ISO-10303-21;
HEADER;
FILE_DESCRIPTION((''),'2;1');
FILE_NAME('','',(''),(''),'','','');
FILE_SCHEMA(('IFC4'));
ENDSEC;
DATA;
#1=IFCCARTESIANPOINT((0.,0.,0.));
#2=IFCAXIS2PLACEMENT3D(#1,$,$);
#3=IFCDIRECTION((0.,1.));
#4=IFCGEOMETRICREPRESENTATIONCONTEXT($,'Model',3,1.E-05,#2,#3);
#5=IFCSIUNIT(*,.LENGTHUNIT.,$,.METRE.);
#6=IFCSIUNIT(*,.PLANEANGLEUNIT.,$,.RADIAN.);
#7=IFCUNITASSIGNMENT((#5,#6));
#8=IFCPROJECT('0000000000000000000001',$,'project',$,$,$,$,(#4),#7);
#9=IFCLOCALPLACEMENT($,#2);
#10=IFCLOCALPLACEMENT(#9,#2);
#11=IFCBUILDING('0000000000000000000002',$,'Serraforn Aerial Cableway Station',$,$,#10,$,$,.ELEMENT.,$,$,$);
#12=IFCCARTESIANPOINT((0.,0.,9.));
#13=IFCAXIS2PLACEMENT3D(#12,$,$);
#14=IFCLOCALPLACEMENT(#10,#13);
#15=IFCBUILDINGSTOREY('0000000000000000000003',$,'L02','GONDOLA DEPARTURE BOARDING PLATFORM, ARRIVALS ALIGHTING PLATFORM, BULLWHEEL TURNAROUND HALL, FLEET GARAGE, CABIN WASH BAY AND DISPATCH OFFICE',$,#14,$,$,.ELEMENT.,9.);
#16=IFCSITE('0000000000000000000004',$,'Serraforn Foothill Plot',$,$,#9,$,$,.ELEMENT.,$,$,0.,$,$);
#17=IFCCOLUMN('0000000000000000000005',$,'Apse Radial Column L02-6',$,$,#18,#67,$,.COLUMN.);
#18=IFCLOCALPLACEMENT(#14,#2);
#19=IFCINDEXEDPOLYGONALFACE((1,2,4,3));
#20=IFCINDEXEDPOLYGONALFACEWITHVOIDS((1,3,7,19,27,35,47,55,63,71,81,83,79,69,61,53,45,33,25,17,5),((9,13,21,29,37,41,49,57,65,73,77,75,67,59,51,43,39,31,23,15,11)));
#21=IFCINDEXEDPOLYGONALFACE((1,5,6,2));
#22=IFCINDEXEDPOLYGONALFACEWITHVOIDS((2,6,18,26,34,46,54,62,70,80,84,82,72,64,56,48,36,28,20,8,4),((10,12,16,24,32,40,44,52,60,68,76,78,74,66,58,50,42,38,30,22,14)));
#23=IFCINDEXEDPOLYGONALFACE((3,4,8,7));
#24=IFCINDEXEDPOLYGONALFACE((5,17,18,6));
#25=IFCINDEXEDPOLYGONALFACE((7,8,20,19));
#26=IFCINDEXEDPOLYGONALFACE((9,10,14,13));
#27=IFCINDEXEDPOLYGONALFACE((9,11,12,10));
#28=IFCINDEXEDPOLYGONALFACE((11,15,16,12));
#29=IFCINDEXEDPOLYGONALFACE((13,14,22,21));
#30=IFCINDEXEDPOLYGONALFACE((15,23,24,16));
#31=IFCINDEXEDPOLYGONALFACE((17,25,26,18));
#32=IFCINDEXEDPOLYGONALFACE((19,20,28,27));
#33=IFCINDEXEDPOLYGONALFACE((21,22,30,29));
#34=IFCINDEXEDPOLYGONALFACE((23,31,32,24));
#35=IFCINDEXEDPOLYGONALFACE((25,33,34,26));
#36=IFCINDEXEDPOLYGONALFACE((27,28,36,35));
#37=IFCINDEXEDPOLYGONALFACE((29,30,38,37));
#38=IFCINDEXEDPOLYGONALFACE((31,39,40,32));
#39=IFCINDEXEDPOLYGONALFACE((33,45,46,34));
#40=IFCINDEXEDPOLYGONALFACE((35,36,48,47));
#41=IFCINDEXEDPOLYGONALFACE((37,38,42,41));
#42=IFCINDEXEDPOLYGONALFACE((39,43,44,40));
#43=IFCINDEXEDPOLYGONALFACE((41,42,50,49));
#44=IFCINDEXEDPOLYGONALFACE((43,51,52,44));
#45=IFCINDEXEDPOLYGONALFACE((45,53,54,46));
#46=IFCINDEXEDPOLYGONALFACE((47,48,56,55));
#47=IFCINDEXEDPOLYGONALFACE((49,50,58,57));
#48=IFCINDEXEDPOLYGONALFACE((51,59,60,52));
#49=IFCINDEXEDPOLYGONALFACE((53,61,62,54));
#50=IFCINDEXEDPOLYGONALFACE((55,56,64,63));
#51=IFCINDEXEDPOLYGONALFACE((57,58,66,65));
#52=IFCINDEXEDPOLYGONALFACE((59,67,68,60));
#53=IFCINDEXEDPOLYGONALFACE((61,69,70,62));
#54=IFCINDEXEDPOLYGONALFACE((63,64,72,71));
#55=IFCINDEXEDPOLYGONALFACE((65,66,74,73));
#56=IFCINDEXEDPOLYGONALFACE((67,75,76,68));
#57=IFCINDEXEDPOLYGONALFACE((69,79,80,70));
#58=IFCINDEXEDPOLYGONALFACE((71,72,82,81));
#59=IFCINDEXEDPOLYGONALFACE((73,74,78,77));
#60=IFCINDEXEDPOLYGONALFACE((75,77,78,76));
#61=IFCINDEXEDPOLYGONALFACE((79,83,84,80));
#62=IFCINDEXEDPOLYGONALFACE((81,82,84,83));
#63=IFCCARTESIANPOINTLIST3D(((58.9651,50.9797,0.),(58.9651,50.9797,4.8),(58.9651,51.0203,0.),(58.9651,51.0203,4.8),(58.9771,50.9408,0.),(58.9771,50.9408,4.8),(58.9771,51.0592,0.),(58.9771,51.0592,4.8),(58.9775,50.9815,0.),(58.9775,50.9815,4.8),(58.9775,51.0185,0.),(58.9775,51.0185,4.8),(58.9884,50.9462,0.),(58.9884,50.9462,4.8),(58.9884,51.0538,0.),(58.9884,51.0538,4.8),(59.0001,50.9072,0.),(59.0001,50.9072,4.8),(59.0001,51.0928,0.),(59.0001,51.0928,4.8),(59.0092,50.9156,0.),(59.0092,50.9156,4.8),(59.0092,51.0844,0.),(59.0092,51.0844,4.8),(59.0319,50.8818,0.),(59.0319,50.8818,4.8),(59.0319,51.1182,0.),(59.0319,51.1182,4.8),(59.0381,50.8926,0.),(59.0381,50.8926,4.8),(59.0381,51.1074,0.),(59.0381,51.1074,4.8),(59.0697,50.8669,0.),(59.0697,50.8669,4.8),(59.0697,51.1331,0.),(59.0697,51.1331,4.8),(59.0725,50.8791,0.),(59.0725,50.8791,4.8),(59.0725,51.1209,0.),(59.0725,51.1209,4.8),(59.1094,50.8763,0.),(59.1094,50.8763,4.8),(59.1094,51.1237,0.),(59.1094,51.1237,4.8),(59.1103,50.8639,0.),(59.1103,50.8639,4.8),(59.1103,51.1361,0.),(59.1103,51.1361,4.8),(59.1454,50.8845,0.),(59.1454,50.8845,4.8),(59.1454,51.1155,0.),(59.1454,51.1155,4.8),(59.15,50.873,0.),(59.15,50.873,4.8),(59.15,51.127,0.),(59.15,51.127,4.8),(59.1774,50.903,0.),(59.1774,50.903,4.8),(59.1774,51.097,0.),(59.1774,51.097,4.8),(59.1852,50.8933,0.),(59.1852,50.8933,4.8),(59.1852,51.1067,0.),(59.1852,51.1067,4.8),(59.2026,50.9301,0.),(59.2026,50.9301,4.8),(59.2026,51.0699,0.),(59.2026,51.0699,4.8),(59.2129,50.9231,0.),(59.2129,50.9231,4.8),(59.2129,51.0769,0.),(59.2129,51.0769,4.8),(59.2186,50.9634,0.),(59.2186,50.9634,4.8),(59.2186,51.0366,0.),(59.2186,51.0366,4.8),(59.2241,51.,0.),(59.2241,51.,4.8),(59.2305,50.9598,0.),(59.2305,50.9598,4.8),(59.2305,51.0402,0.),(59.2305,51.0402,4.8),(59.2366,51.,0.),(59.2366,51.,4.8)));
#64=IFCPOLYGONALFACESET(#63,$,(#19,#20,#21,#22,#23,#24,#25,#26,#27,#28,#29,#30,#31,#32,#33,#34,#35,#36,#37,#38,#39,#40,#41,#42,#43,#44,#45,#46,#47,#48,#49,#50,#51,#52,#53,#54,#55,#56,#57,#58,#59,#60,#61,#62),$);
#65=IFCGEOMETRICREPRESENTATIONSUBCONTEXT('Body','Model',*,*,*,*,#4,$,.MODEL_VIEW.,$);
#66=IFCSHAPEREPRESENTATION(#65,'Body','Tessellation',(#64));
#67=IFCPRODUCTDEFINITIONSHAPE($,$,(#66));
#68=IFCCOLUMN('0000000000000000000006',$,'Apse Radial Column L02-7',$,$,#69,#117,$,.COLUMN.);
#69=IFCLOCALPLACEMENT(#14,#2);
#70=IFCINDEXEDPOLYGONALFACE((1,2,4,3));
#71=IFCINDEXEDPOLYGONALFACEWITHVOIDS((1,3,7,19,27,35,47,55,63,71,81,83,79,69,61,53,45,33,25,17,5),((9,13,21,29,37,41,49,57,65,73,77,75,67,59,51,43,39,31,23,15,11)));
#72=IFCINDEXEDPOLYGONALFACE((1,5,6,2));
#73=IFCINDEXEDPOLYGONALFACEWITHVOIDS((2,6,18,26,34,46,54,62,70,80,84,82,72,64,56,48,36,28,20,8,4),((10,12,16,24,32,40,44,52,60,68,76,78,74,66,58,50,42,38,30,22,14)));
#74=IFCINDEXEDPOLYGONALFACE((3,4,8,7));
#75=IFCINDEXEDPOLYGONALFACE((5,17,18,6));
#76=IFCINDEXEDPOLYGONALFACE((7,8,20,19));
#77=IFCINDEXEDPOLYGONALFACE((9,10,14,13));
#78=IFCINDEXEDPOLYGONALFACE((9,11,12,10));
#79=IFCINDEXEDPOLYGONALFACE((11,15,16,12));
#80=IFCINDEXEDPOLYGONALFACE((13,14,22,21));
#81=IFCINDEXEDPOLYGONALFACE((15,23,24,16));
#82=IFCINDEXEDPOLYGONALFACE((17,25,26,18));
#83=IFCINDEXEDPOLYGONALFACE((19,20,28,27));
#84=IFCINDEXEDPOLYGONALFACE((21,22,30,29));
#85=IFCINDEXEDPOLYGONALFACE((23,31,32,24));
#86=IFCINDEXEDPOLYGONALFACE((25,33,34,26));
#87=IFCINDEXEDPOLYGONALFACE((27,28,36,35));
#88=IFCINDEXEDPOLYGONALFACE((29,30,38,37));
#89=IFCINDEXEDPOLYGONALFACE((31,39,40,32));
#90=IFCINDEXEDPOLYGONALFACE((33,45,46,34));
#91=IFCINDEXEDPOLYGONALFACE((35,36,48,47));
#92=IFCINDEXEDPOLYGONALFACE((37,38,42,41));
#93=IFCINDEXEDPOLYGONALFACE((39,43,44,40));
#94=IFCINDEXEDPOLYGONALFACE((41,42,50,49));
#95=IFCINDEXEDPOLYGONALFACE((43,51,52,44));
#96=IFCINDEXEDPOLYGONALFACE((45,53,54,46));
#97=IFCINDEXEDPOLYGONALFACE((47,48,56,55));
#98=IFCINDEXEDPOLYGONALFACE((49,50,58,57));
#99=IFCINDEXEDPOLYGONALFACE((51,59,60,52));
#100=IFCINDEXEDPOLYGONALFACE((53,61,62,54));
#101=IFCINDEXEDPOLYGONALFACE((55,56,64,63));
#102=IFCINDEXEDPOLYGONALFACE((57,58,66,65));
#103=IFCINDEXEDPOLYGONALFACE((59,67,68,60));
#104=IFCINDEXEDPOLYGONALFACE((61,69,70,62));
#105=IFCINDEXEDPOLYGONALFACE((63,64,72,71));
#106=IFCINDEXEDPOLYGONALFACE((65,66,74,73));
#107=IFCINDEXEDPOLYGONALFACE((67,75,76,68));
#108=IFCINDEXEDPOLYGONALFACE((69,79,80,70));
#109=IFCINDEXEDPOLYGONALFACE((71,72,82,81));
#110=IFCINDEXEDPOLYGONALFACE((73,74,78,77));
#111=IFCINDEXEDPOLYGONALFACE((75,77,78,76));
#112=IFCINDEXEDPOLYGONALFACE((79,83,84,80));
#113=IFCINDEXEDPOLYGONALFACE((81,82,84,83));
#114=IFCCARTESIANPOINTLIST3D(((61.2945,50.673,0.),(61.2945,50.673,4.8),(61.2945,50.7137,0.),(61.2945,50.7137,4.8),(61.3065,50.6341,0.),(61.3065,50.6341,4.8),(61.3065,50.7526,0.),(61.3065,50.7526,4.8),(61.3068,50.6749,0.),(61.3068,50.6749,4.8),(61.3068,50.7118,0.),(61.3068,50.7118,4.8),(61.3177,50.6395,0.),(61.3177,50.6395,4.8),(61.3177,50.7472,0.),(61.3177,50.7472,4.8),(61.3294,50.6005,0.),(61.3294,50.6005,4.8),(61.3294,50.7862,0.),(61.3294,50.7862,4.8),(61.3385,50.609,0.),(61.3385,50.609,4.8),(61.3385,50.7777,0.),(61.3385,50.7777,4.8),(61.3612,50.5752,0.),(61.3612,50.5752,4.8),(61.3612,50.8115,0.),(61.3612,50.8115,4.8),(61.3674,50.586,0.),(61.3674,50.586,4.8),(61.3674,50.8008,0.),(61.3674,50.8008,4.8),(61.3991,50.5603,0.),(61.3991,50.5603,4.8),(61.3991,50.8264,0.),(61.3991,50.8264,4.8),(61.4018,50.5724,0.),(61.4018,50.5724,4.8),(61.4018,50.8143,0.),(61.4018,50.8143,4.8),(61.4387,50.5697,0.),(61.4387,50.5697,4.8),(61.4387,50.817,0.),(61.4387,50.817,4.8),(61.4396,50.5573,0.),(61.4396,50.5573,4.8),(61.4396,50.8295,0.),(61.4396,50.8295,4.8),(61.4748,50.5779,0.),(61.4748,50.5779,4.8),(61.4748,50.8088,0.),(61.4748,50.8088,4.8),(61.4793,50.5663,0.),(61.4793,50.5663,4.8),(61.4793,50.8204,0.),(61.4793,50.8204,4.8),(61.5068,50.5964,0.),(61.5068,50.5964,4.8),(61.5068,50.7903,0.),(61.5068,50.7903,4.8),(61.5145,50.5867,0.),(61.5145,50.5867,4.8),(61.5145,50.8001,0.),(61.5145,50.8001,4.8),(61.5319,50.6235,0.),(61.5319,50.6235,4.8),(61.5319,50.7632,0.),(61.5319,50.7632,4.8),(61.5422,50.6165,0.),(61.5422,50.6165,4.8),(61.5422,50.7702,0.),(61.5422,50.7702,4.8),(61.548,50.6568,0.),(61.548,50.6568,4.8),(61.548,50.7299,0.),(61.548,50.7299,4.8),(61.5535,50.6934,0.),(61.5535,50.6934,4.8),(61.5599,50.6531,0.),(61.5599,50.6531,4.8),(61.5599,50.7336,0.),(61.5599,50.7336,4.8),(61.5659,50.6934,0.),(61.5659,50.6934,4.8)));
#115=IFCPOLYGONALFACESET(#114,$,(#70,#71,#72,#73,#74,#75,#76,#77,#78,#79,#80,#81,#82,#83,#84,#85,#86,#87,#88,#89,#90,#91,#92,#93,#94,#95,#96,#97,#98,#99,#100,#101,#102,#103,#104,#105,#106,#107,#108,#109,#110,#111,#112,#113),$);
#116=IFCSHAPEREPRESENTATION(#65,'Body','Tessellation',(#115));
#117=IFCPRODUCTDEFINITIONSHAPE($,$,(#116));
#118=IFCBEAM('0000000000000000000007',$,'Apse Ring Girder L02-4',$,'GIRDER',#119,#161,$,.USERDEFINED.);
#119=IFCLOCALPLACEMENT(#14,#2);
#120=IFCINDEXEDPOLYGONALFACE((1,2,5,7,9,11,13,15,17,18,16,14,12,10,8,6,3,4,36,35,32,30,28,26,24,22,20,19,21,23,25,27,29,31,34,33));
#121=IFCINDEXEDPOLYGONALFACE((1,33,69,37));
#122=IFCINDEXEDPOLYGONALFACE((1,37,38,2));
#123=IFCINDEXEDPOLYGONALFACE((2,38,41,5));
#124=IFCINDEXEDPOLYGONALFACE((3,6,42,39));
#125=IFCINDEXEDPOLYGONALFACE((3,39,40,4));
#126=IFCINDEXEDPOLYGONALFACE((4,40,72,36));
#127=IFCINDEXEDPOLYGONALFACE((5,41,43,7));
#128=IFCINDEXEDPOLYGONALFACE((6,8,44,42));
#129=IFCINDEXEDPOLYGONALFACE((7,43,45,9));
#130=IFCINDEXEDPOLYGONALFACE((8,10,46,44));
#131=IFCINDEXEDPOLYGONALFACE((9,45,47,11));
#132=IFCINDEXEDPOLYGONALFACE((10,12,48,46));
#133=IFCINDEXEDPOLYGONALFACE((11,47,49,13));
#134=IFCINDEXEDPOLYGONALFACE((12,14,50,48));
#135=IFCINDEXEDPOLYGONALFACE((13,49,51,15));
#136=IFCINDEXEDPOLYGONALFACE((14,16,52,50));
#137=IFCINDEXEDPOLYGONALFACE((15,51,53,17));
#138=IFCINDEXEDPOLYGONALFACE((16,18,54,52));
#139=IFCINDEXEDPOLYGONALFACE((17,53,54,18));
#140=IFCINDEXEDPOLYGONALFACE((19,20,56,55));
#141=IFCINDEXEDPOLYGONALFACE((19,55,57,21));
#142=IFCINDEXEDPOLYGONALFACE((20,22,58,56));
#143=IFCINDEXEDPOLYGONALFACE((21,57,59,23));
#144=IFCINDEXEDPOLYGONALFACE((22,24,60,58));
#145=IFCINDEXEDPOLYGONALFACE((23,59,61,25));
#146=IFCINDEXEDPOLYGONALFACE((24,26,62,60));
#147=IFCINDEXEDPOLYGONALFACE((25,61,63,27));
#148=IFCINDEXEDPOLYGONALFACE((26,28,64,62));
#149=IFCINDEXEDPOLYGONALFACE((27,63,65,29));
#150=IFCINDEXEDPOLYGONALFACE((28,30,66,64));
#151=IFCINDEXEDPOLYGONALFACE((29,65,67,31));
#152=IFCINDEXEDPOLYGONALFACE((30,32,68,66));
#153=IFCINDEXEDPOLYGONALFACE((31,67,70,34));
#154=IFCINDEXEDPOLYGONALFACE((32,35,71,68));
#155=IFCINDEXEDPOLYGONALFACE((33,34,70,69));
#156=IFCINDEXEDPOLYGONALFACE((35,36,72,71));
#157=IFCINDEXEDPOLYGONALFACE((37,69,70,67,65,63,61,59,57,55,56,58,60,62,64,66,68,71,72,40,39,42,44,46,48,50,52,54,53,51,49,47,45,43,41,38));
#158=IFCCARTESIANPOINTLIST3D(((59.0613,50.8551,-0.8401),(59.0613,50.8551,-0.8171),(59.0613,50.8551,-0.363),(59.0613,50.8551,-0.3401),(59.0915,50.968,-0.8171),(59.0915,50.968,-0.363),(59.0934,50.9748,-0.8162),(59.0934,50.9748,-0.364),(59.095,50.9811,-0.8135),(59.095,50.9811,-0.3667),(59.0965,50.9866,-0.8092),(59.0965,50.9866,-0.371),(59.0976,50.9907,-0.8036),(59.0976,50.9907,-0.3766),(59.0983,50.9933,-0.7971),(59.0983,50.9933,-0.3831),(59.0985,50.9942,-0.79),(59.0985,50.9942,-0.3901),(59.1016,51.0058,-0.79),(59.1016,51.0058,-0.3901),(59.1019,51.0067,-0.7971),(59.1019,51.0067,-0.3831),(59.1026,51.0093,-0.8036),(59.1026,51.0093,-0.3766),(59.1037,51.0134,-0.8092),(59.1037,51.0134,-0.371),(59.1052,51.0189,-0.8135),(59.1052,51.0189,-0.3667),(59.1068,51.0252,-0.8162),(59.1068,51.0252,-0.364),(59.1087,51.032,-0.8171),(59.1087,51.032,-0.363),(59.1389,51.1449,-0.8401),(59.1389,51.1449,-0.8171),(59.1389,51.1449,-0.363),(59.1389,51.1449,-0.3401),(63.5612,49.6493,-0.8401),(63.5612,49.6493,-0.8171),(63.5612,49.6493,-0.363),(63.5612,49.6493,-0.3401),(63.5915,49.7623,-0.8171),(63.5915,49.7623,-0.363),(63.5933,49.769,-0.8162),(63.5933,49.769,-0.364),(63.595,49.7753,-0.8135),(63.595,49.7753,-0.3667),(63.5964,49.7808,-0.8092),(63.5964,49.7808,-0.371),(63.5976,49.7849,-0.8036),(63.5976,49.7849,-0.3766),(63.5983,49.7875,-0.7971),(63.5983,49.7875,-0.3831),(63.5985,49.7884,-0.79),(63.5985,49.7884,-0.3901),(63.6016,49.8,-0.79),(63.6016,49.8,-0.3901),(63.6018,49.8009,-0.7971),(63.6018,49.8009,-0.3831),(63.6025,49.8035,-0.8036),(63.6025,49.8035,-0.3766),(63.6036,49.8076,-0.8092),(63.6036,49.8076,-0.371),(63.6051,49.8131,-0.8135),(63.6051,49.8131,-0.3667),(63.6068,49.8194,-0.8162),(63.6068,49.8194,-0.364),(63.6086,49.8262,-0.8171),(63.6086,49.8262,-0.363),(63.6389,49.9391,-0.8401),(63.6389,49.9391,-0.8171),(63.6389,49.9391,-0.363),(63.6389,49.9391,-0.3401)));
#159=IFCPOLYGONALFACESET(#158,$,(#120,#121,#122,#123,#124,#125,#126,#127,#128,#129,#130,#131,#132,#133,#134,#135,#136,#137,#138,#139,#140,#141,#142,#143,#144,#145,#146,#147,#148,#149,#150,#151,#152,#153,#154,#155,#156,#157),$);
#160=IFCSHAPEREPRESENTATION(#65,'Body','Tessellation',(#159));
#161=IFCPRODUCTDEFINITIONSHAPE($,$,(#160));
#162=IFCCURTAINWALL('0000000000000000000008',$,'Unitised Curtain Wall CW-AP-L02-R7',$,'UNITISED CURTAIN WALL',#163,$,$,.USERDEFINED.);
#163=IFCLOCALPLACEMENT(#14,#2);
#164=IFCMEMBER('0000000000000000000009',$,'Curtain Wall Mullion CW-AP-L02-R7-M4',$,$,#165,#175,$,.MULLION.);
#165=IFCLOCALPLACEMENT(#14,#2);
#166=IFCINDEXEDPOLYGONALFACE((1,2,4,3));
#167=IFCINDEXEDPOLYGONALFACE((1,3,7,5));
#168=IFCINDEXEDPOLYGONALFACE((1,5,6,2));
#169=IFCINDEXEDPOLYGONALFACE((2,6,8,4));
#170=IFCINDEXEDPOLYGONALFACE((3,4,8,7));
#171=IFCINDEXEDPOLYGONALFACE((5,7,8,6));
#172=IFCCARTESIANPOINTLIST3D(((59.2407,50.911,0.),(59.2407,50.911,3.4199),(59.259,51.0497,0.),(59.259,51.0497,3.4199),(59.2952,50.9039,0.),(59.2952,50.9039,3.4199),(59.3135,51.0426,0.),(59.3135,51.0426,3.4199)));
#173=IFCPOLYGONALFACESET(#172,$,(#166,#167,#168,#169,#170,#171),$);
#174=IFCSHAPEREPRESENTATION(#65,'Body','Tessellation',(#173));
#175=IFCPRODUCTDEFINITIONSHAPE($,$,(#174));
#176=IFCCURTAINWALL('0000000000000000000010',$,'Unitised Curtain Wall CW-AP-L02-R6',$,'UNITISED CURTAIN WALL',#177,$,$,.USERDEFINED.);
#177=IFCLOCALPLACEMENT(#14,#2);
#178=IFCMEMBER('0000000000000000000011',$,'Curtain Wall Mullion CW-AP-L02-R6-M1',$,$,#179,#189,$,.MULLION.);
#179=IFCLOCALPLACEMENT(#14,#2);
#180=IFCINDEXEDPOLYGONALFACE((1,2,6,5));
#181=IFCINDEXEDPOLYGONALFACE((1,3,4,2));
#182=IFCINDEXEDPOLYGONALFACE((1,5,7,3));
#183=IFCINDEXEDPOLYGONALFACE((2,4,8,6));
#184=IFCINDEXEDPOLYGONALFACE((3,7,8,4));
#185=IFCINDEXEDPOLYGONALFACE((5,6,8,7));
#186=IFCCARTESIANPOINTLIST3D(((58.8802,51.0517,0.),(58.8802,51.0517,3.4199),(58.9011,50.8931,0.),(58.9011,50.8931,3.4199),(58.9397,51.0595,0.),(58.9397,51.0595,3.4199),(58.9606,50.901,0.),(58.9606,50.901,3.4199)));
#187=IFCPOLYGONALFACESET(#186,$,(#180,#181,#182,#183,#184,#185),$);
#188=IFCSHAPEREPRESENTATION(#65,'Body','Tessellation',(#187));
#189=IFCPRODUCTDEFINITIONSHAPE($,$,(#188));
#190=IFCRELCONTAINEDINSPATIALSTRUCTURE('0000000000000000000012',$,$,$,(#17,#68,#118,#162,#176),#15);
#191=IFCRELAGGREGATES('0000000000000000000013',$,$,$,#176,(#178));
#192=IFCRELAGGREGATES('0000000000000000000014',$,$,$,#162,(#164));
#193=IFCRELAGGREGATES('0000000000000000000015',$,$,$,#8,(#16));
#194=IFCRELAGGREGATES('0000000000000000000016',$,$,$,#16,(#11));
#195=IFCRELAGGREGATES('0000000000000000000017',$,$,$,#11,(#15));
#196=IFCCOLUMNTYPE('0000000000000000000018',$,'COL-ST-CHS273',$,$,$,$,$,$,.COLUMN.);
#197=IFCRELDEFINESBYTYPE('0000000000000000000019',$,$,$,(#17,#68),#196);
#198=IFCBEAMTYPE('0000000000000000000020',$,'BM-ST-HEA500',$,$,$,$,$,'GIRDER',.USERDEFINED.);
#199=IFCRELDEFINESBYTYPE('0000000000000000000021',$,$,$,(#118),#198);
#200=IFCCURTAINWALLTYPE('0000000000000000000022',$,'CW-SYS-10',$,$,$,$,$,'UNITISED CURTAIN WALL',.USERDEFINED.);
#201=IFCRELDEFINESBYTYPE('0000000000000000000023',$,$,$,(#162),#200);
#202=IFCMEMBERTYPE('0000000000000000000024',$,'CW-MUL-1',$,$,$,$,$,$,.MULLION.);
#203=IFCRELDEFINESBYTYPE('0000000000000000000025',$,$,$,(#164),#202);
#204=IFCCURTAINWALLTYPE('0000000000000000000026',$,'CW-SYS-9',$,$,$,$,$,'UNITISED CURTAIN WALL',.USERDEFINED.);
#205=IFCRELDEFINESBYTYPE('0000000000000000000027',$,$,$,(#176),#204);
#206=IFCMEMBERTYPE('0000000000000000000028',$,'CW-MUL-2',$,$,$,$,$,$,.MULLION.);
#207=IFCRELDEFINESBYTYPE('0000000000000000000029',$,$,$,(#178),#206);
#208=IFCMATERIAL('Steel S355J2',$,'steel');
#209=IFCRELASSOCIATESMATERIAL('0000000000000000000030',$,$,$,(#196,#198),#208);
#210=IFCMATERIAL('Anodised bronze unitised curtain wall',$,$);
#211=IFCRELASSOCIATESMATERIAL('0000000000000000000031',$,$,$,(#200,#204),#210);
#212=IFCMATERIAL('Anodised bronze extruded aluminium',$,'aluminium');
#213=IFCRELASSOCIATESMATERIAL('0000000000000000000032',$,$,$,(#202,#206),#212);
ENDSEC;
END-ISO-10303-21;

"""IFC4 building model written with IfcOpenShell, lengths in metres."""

from ifc_helpers import new_model, si_unit, direction, frame, origin, origin_2d, place, context, subcontext, project, spatial, rectangle, hollow_circle, i_section, extrude, material, material_profile, profile_set, type_object, element, aggregate, save


model = new_model("IFC4")

# Units and contexts
model_context = context("Model", 3, precision=1e-05, world=origin(), true_north=direction((0.0, 1.0)))
body_context = subcontext(model_context, "Body", "Model", "MODEL_VIEW")
ifc_project = project(units=[si_unit("LENGTHUNIT", "METRE"), si_unit("PLANEANGLEUNIT", "RADIAN")], contexts=[model_context])

# Site, building, storey
site_placement = place(None, origin())
site = spatial("IfcSite", under=ifc_project, at=site_placement, Name="Serraforn Foothill Plot", CompositionType="ELEMENT", RefElevation=0.0)
building_placement = place(site_placement, origin())
building = spatial("IfcBuilding", under=site, at=building_placement, Name="Serraforn Aerial Cableway Station", CompositionType="ELEMENT")
storey_placement = place(building_placement, frame((0.0, 0.0, 9.0)))
storey = spatial("IfcBuildingStorey", under=building, at=storey_placement, Name="L02", Description="GONDOLA DEPARTURE BOARDING PLATFORM, ARRIVALS ALIGHTING PLATFORM, BULLWHEEL TURNAROUND HALL, FLEET GARAGE, CABIN WASH BAY AND DISPATCH OFFICE", CompositionType="ELEMENT", Elevation=9.0)

# Columns
ifc_material_1 = material(Name="Steel S355J2", Category="steel")
ifc_material_profile_1 = material_profile(ifc_material_1, hollow_circle(Radius=0.1365, WallThickness=0.0125, at=origin_2d()), Name="CHS 273.0x12.5")
ifc_profile_set_1 = profile_set([ifc_material_profile_1], Name="Steel S355J2")
column_type = type_object("IfcColumnType", Name="COL-ST-CHS273", PredefinedType="COLUMN", material=ifc_profile_set_1)
for number, where, z_axis, x_axis, name in (
    (1, (59.1001, 51.0, 0.0), (0.0, 0.0, 1.0), (1.0, 0.0, 0.0), "Apse Radial Column L02-6"),
    (2, (61.4294, 50.6934, 0.0), (0.0, 0.0, 1.0), (1.0, 0.0, 0.0), "Apse Radial Column L02-7"),
):
    element("IfcColumn", number, at=place(storey_placement, frame(where, z_axis=z_axis, x_axis=x_axis)), inside=storey, type_object=column_type, Name=name, PredefinedType="COLUMN", context=body_context, shape_type="SweptSolid", body=[
        extrude(hollow_circle(Radius=0.1365, WallThickness=0.0125, at=origin_2d()), origin(), (0.0, 0.0, 1.0), 4.8),
    ])

# Beam
ifc_material_profile_2 = material_profile(ifc_material_1, i_section(OverallWidth=0.3, OverallDepth=0.5, WebThickness=0.012, FlangeThickness=0.0229, FilletRadius=0.0271, at=origin_2d()), Name="HEA 500")
ifc_profile_set_2 = profile_set([ifc_material_profile_2], Name="Steel S355J2")
beam_type = type_object("IfcBeamType", Name="BM-ST-HEA500", ElementType="GIRDER", PredefinedType="USERDEFINED", material=ifc_profile_set_2)
beam_placement = place(storey_placement, frame((59.1001, 51.0, -0.5901), z_axis=(0.965924, -0.258827, 0.0), x_axis=(0.258827, 0.965924, 0.0)))
element("IfcBeam", 3, at=beam_placement, inside=storey, type_object=beam_type, Name="Apse Ring Girder L02-4", ObjectType="GIRDER", PredefinedType="USERDEFINED", context=body_context, shape_type="SweptSolid", body=[
    extrude(i_section(OverallWidth=0.3, OverallDepth=0.5, WebThickness=0.012, FlangeThickness=0.0229, FilletRadius=0.0271, at=origin_2d()), origin(), (0.0, 0.0, 1.0), 4.6587),
])

# Curtain walls, members
ifc_material_2 = material(Name="Anodised bronze unitised curtain wall")
curtain_wall_type_1 = type_object("IfcCurtainWallType", Name="CW-SYS-10", ElementType="UNITISED CURTAIN WALL", PredefinedType="USERDEFINED", material=ifc_material_2)
curtain_wall_1_placement = place(storey_placement, origin())
curtain_wall_1 = element("IfcCurtainWall", 4, at=curtain_wall_1_placement, inside=storey, type_object=curtain_wall_type_1, Name="Unitised Curtain Wall CW-AP-L02-R7", ObjectType="UNITISED CURTAIN WALL", PredefinedType="USERDEFINED")
ifc_material_3 = material(Name="Anodised bronze extruded aluminium", Category="aluminium")
ifc_material_profile_3 = material_profile(ifc_material_3, rectangle(XDim=0.0549, YDim=0.1399, at=origin_2d()), Name="CW MULLION 55x140")
ifc_profile_set_3 = profile_set([ifc_material_profile_3], Name="Anodised bronze extruded aluminium")
member_type_1 = type_object("IfcMemberType", Name="CW-MUL-1", PredefinedType="MULLION", material=ifc_profile_set_3)
member_1_placement = place(storey_placement, frame((59.2771, 50.9768, 0.0), z_axis=(0.0, 0.0, 1.0), x_axis=(-0.991439, 0.130573, 0.0)))
member_1 = element("IfcMember", 5, at=member_1_placement, type_object=member_type_1, Name="Curtain Wall Mullion CW-AP-L02-R7-M4", PredefinedType="MULLION", context=body_context, shape_type="SweptSolid", body=[
    extrude(rectangle(XDim=0.0549, YDim=0.1399, at=origin_2d()), origin(), (0.0, 0.0, 1.0), 3.4199),
])
curtain_wall_type_2 = type_object("IfcCurtainWallType", Name="CW-SYS-9", ElementType="UNITISED CURTAIN WALL", PredefinedType="USERDEFINED", material=ifc_material_2)
curtain_wall_2_placement = place(storey_placement, origin())
curtain_wall_2 = element("IfcCurtainWall", 6, at=curtain_wall_2_placement, inside=storey, type_object=curtain_wall_type_2, Name="Unitised Curtain Wall CW-AP-L02-R6", ObjectType="UNITISED CURTAIN WALL", PredefinedType="USERDEFINED")
ifc_material_profile_4 = material_profile(ifc_material_3, rectangle(XDim=0.0601, YDim=0.1599, at=origin_2d()), Name="CW MULLION 60x160")
ifc_profile_set_4 = profile_set([ifc_material_profile_4], Name="Anodised bronze extruded aluminium")
member_type_2 = type_object("IfcMemberType", Name="CW-MUL-2", PredefinedType="MULLION", material=ifc_profile_set_4)
member_2_placement = place(storey_placement, frame((58.9204, 50.9763, 0.0), z_axis=(0.0, 0.0, 1.0), x_axis=(-0.991439, -0.130573, 0.0)))
member_2 = element("IfcMember", 7, at=member_2_placement, type_object=member_type_2, Name="Curtain Wall Mullion CW-AP-L02-R6-M1", PredefinedType="MULLION", context=body_context, shape_type="SweptSolid", body=[
    extrude(rectangle(XDim=0.0601, YDim=0.1599, at=origin_2d()), origin(), (0.0, 0.0, 1.0), 3.4199),
])

aggregate(curtain_wall_2, [member_2])

aggregate(curtain_wall_1, [member_1])

save(model, "model.ifc")
